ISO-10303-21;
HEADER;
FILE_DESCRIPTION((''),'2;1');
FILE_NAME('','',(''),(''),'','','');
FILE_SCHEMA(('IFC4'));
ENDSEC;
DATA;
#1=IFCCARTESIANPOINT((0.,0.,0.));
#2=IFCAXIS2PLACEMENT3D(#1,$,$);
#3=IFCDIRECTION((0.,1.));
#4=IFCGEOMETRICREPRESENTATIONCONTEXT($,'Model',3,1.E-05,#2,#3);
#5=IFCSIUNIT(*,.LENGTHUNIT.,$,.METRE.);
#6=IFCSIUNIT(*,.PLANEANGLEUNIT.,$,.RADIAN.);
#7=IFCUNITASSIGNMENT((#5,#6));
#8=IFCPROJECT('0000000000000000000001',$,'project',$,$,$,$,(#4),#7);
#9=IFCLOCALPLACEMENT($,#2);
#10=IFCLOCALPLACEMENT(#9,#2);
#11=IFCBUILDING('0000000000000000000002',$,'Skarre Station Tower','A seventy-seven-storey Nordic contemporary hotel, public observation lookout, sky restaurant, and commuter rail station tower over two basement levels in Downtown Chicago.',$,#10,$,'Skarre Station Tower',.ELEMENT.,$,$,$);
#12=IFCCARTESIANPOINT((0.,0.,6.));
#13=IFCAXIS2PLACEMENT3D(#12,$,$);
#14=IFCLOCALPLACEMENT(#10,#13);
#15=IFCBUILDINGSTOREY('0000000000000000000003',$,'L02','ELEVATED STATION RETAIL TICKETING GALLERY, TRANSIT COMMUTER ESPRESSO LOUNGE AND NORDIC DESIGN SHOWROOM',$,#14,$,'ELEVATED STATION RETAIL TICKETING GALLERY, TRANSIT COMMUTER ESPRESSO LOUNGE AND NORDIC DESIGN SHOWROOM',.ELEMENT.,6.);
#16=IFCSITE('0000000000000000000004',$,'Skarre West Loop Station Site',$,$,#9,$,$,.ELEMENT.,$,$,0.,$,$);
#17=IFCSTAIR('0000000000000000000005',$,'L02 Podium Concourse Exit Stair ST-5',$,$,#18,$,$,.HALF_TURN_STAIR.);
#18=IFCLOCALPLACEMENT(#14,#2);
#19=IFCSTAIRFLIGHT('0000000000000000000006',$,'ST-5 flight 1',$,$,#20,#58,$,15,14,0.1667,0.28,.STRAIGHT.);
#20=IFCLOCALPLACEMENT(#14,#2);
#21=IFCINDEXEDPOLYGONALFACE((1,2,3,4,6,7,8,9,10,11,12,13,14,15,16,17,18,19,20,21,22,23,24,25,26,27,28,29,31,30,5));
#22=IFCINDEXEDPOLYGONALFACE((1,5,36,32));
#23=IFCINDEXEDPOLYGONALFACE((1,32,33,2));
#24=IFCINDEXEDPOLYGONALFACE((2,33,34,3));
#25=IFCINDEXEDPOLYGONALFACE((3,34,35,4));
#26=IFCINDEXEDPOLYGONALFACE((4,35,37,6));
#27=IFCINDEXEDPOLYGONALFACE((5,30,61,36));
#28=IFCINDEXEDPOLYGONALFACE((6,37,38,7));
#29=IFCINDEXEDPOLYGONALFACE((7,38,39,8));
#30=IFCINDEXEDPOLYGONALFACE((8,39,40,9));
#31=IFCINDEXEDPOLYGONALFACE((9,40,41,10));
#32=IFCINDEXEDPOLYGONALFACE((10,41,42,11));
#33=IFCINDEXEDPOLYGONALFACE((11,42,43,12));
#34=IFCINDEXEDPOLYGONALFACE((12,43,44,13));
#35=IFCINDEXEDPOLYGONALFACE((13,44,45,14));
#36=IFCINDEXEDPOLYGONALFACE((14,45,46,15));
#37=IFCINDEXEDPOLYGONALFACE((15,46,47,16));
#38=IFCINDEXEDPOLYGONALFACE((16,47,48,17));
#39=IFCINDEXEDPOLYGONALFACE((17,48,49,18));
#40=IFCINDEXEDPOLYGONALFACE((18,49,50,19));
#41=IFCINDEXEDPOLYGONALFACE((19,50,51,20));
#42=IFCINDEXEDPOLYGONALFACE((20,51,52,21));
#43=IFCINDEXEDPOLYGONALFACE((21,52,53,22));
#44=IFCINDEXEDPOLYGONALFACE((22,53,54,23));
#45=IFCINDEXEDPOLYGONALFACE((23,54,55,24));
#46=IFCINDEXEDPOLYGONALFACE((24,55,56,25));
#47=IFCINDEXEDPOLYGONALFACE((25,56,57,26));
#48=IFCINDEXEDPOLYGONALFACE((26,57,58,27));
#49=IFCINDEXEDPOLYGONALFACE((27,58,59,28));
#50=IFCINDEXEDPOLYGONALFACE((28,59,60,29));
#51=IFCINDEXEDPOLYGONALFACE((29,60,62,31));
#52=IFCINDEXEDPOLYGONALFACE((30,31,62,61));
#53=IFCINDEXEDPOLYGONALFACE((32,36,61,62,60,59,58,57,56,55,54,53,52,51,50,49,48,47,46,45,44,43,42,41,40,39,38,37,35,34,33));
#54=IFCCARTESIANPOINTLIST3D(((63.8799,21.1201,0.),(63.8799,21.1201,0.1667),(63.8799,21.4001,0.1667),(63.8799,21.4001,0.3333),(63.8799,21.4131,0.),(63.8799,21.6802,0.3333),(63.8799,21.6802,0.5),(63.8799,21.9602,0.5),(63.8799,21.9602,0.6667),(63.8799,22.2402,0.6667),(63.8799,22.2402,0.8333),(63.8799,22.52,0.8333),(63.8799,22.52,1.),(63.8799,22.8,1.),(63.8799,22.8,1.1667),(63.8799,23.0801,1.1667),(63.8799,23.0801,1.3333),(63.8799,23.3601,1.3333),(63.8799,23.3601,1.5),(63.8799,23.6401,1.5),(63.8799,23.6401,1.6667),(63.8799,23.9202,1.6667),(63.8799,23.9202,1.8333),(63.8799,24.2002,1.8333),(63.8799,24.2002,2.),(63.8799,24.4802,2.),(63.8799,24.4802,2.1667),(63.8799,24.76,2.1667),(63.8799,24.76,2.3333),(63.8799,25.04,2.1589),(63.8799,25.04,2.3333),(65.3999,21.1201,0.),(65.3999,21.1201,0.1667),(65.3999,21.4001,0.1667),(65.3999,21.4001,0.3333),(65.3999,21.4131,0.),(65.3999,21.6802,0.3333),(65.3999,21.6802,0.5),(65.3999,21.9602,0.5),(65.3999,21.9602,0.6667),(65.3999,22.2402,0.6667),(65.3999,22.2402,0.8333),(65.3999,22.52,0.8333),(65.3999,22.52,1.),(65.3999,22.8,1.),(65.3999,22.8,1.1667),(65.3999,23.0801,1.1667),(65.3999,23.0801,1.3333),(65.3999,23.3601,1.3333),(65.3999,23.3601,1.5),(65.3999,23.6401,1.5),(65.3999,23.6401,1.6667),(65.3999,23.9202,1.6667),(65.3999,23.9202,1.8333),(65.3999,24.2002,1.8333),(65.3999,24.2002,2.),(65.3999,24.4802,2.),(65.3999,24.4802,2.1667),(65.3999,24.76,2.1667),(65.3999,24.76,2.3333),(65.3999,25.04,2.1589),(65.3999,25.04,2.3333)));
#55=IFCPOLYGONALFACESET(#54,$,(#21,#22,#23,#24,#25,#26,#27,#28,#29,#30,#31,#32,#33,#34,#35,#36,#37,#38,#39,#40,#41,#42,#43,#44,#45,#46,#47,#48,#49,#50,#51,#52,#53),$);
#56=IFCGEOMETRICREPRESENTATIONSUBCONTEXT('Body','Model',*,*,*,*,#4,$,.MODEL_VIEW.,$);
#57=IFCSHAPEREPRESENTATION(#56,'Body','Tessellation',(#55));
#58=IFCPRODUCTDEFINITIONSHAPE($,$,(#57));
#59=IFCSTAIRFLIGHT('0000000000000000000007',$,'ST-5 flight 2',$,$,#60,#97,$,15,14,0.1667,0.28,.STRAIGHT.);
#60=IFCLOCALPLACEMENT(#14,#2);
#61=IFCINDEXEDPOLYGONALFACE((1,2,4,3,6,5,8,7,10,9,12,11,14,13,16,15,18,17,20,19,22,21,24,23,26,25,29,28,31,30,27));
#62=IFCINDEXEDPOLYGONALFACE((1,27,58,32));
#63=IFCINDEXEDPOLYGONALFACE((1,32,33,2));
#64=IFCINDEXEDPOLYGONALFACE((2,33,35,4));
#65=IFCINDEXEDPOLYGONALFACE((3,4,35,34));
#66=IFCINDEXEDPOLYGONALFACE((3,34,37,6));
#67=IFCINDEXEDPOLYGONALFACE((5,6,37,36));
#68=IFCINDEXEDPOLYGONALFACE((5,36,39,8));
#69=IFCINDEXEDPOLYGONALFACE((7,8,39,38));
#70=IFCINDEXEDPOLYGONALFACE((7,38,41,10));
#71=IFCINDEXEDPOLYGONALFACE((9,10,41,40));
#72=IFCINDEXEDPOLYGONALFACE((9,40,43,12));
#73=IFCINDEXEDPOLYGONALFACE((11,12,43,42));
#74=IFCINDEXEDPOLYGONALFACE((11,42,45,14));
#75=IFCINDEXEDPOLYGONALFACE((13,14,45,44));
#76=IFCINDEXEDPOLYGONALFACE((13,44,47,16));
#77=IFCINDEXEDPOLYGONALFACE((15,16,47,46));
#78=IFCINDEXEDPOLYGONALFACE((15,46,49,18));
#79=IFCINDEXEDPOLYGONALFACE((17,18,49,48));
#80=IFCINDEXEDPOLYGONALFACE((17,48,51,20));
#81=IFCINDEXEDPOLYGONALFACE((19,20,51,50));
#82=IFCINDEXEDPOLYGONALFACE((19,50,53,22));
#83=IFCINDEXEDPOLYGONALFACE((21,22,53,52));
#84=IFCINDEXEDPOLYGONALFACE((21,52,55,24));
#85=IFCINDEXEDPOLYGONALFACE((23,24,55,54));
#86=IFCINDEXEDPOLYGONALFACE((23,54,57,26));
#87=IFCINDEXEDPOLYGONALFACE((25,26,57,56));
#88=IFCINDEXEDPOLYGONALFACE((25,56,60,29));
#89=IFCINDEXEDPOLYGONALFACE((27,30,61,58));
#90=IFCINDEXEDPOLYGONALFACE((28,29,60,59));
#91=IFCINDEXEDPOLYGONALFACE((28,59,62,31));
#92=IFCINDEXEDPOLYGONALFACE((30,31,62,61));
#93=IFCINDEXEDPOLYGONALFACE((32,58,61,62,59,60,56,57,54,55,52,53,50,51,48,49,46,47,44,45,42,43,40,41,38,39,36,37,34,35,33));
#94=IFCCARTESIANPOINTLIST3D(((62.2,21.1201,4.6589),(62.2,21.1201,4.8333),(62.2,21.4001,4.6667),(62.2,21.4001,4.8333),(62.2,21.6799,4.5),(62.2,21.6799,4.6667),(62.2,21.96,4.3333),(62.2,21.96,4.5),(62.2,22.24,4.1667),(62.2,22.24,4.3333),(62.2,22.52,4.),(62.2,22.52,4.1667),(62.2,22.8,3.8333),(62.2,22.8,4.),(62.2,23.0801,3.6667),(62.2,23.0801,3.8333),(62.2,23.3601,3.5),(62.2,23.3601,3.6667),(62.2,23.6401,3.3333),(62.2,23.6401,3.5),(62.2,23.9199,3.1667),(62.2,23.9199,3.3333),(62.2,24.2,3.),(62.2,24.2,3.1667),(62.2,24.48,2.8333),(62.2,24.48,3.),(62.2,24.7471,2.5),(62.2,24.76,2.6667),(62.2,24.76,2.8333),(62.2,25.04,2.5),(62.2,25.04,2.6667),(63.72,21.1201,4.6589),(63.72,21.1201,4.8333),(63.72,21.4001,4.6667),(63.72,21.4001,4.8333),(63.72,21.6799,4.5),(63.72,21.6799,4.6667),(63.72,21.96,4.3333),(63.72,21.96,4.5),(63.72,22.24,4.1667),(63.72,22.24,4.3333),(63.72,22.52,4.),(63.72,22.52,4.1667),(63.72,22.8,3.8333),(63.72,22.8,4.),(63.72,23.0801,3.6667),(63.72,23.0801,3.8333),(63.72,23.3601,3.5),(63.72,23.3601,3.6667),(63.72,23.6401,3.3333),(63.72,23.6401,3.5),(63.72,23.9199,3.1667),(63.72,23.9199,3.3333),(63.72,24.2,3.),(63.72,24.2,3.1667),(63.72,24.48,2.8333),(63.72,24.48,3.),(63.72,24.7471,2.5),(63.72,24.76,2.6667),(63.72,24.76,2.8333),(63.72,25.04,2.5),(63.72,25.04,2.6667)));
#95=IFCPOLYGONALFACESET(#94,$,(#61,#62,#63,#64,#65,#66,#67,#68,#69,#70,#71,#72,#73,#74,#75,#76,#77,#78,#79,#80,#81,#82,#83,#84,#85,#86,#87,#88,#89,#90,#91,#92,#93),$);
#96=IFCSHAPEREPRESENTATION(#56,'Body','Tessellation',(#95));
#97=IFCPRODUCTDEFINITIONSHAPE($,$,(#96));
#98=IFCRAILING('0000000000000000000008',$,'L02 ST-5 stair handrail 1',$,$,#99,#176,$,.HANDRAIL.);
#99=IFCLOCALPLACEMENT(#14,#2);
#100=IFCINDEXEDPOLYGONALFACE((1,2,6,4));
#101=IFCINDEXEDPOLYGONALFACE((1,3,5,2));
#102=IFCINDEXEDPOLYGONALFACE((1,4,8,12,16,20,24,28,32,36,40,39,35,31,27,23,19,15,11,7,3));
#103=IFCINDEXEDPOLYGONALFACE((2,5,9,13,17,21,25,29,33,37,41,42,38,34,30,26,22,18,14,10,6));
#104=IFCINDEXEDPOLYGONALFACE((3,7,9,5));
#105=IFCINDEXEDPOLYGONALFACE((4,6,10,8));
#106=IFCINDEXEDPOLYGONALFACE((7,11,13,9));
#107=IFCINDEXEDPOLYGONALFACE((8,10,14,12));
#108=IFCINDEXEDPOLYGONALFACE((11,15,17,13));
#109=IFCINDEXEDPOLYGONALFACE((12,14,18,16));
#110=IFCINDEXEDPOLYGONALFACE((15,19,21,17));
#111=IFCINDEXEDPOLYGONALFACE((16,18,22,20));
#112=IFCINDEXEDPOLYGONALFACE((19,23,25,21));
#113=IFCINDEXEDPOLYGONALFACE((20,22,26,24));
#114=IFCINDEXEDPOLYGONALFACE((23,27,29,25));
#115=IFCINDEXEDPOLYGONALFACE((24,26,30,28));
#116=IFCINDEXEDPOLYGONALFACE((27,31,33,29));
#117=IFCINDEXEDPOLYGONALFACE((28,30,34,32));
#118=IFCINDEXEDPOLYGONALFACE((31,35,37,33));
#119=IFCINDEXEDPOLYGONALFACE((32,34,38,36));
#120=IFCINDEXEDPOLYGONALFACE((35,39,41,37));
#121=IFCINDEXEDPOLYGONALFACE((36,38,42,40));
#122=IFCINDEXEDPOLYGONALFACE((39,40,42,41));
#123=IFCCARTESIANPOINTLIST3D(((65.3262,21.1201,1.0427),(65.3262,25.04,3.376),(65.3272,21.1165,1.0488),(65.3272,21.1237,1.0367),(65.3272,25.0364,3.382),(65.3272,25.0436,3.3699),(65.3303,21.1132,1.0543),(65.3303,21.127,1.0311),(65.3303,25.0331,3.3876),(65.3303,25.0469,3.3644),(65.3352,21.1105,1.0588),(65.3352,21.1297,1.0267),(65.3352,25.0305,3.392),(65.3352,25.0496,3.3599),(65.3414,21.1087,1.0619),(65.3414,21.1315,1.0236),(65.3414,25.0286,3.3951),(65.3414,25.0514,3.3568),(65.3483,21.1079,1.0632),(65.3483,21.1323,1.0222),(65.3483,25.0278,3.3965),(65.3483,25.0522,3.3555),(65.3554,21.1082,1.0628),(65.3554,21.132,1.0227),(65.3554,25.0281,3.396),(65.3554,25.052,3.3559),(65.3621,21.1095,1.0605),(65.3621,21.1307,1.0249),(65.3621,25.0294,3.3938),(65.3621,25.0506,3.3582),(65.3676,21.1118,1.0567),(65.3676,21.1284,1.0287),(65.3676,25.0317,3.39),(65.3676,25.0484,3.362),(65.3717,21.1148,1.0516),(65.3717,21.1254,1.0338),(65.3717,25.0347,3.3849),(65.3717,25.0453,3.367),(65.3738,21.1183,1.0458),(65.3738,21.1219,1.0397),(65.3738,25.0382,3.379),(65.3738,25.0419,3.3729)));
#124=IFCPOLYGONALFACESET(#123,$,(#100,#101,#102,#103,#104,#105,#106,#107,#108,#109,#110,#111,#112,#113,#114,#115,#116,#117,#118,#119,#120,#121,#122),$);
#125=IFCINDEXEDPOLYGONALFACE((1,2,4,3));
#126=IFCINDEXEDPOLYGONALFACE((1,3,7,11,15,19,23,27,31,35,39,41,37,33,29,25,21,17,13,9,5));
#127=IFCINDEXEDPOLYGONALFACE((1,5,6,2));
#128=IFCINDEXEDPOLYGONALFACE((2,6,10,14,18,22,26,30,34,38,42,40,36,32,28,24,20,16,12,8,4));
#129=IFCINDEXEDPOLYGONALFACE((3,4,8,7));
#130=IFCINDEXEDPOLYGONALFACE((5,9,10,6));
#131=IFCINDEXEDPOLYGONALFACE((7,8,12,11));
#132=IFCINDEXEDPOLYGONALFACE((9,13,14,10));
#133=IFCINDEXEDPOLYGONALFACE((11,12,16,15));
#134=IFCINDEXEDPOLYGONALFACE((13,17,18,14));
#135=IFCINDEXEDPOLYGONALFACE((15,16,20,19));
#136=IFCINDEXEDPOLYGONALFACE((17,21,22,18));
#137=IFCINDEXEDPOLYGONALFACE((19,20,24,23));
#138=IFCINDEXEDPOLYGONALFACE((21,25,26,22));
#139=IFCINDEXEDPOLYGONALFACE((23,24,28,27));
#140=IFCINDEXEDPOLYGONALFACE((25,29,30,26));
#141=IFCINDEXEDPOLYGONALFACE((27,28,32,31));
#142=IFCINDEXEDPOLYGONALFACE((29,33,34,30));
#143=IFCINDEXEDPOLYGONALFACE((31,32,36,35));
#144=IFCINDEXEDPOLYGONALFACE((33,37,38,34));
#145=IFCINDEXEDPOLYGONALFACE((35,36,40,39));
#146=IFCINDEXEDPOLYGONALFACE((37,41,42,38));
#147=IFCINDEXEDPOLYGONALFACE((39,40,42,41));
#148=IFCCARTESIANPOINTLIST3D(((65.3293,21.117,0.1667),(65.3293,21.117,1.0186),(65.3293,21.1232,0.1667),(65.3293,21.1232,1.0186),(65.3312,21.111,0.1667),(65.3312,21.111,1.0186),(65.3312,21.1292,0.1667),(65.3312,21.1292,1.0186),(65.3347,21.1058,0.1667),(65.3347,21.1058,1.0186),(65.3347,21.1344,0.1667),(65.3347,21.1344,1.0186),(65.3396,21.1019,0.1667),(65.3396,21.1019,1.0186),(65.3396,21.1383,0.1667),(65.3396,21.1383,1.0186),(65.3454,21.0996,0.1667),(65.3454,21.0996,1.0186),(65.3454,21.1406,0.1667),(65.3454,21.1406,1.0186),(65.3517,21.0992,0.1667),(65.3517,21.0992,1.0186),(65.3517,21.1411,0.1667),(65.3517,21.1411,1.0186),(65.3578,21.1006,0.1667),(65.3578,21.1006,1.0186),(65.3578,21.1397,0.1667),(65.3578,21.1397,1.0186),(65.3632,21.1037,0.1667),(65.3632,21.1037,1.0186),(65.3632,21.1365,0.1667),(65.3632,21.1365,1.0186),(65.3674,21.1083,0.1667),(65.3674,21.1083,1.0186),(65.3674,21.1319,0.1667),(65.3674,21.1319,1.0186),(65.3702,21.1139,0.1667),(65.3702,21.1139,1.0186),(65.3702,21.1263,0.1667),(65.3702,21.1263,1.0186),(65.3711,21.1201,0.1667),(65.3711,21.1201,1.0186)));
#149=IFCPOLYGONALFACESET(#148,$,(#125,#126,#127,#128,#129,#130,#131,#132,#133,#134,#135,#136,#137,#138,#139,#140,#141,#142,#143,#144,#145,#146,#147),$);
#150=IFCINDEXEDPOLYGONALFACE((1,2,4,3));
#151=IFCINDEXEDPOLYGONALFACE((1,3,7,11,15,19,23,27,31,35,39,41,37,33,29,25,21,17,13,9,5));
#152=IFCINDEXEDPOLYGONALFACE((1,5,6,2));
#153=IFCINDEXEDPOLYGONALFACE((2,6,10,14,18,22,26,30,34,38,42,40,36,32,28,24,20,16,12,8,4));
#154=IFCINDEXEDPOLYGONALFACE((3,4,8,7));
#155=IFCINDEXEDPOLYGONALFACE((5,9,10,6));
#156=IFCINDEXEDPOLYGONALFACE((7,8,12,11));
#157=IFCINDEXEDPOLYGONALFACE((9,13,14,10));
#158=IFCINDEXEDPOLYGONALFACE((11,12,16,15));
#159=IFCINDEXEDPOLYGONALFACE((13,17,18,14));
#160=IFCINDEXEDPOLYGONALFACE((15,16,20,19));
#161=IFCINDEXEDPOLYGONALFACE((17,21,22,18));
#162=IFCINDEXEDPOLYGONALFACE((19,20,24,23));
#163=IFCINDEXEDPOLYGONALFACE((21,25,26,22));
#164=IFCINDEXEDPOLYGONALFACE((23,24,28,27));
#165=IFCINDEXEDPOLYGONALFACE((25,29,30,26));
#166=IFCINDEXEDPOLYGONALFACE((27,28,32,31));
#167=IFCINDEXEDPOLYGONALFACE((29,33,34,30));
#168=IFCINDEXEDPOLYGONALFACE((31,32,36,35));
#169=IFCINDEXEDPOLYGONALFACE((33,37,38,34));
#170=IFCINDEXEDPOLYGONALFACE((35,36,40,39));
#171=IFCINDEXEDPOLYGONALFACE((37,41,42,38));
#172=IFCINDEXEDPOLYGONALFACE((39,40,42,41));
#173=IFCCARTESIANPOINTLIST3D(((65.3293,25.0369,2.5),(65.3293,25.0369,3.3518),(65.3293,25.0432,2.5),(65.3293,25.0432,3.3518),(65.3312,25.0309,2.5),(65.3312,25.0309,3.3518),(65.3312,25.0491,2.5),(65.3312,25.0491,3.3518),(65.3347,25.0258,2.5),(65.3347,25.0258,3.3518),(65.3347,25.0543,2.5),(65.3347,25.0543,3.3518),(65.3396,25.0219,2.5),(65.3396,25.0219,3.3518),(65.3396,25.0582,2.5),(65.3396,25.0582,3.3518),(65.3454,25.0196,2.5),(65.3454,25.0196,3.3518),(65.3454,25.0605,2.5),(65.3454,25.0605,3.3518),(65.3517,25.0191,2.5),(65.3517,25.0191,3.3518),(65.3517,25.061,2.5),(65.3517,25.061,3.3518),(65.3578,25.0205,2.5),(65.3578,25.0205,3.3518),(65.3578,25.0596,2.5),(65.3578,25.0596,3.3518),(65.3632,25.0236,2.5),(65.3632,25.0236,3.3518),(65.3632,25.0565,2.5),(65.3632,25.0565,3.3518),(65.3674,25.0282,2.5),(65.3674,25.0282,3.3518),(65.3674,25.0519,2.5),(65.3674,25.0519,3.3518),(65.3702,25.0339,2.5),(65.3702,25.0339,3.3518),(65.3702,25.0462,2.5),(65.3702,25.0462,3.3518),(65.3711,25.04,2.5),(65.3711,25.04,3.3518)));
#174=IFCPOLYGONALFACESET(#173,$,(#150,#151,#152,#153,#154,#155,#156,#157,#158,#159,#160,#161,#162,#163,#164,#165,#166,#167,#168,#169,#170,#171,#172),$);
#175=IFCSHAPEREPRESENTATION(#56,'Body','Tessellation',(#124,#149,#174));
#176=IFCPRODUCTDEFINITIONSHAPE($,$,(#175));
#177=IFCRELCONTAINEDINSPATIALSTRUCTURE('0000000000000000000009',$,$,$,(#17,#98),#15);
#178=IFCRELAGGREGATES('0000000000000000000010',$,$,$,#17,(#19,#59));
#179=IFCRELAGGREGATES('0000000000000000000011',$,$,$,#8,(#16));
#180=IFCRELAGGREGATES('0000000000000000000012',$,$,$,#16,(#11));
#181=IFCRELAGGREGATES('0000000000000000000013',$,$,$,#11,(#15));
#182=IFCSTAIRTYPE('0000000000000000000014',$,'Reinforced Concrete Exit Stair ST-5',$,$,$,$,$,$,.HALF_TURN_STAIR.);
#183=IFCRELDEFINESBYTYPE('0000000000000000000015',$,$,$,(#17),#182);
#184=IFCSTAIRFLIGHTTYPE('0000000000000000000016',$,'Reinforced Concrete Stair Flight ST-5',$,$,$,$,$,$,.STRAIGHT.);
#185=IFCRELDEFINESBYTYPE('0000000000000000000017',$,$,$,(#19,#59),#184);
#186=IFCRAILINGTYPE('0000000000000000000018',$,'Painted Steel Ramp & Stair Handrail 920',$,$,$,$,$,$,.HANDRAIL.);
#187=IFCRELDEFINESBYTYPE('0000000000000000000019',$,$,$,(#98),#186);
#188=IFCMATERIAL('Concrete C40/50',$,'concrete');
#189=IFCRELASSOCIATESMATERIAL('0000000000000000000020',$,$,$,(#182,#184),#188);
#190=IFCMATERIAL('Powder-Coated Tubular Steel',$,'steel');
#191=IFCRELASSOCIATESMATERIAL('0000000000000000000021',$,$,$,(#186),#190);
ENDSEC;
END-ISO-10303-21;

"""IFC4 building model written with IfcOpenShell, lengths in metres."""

from ifc_helpers import new_model, si_unit, direction, frame, origin, origin_2d, place, context, subcontext, project, spatial, polyline, circle, outline, extrude, material, type_object, element, aggregate, save


model = new_model("IFC4")

# Units and contexts
model_context = context("Model", 3, precision=1e-05, world=origin(), true_north=direction((0.0, 1.0)))
body_context = subcontext(model_context, "Body", "Model", "MODEL_VIEW")
ifc_project = project(units=[si_unit("LENGTHUNIT", "METRE"), si_unit("PLANEANGLEUNIT", "RADIAN")], contexts=[model_context])

# Site, building, storey
site_placement = place(None, origin())
site = spatial("IfcSite", under=ifc_project, at=site_placement, Name="Skarre West Loop Station Site", CompositionType="ELEMENT", RefElevation=0.0)
building_placement = place(site_placement, origin())
building = spatial("IfcBuilding", under=site, at=building_placement, Name="Skarre Station Tower", Description="A seventy-seven-storey Nordic contemporary hotel, public observation lookout, sky restaurant, and commuter rail station tower over two basement levels in Downtown Chicago.", LongName="Skarre Station Tower", CompositionType="ELEMENT")
storey_placement = place(building_placement, frame((0.0, 0.0, 6.0)))
storey = spatial("IfcBuildingStorey", under=building, at=storey_placement, Name="L02", Description="ELEVATED STATION RETAIL TICKETING GALLERY, TRANSIT COMMUTER ESPRESSO LOUNGE AND NORDIC DESIGN SHOWROOM", LongName="ELEVATED STATION RETAIL TICKETING GALLERY, TRANSIT COMMUTER ESPRESSO LOUNGE AND NORDIC DESIGN SHOWROOM", CompositionType="ELEMENT", Elevation=6.0)

# Stair, stair flights
ifc_material_1 = material(Name="Concrete C40/50", Category="concrete")
stair_type = type_object("IfcStairType", Name="Reinforced Concrete Exit Stair ST-5", PredefinedType="HALF_TURN_STAIR", material=ifc_material_1)
stair_placement = place(storey_placement, origin())
stair = element("IfcStair", 1, at=stair_placement, inside=storey, type_object=stair_type, Name="L02 Podium Concourse Exit Stair ST-5", PredefinedType="HALF_TURN_STAIR")
stair_flight_type = type_object("IfcStairFlightType", Name="Reinforced Concrete Stair Flight ST-5", PredefinedType="STRAIGHT", material=ifc_material_1)
stair_flight_1_placement = place(storey_placement, frame((64.6399, 21.1201, 0.0), z_axis=(0.0, 0.0, 1.0), x_axis=(0.0, 1.0, 0.0)))
stair_flight_1 = element("IfcStairFlight", 2, at=stair_flight_1_placement, type_object=stair_flight_type, Name="ST-5 flight 1", NumberOfRisers=15, NumberOfTreads=14, PredefinedType="STRAIGHT", RiserHeight=0.1667, TreadLength=0.28, context=body_context, shape_type="SweptSolid", body=[
    extrude(outline(polyline([(0.0, 0.0), (0.0, 0.1667), (0.28, 0.1667), (0.28, 0.3333), (0.5601, 0.3333), (0.5601, 0.5), (0.8401, 0.5), (0.8401, 0.6667), (1.1201, 0.6667), (1.1201, 0.8333), (1.3999, 0.8333), (1.3999, 1.0), (1.6799, 1.0), (1.6799, 1.1667), (1.96, 1.1667), (1.96, 1.3333), (2.24, 1.3333), (2.24, 1.5), (2.52, 1.5), (2.52, 1.6667), (2.8, 1.6667), (2.8, 1.8333), (3.0801, 1.8333), (3.0801, 2.0), (3.3601, 2.0), (3.3601, 2.1667), (3.6399, 2.1667), (3.6399, 2.3333), (3.9199, 2.3333), (3.9199, 2.5), (3.9199, 2.1589), (0.293, 0.0), (0.0, 0.0)])), frame((0.0, 0.76, 0.0), z_axis=(0.0, -1.0, 0.0), x_axis=(1.0, 0.0, 0.0)), (0.0, 0.0, 1.0), 1.52),
])
stair_flight_2_placement = place(storey_placement, frame((62.96, 25.04, 2.5), z_axis=(0.0, 0.0, 1.0), x_axis=(0.0, -1.0, 0.0)))
stair_flight_2 = element("IfcStairFlight", 3, at=stair_flight_2_placement, type_object=stair_flight_type, Name="ST-5 flight 2", NumberOfRisers=15, NumberOfTreads=14, PredefinedType="STRAIGHT", RiserHeight=0.1667, TreadLength=0.28, context=body_context, shape_type="SweptSolid", body=[
    extrude(outline(polyline([(0.0, 0.0), (0.0, 0.1667), (0.28, 0.1667), (0.28, 0.3333), (0.5601, 0.3333), (0.5601, 0.5), (0.8401, 0.5), (0.8401, 0.6667), (1.1201, 0.6667), (1.1201, 0.8333), (1.3999, 0.8333), (1.3999, 1.0), (1.6799, 1.0), (1.6799, 1.1667), (1.96, 1.1667), (1.96, 1.3333), (2.24, 1.3333), (2.24, 1.5), (2.52, 1.5), (2.52, 1.6667), (2.8, 1.6667), (2.8, 1.8333), (3.0801, 1.8333), (3.0801, 2.0), (3.3601, 2.0), (3.3601, 2.1667), (3.6399, 2.1667), (3.6399, 2.3333), (3.9199, 2.3333), (3.9199, 2.5), (3.9199, 2.1589), (0.293, 0.0), (0.0, 0.0)])), frame((0.0, 0.76, 0.0), z_axis=(0.0, -1.0, 0.0), x_axis=(1.0, 0.0, 0.0)), (0.0, 0.0, 1.0), 1.52),
])
aggregate(stair, [stair_flight_1, stair_flight_2])

# Railing
ifc_material_2 = material(Name="Powder-Coated Tubular Steel", Category="steel")
railing_type_1 = type_object("IfcRailingType", Name="Painted Steel Ramp & Stair Handrail 920", PredefinedType="HANDRAIL", material=ifc_material_2)
railing_1_placement = place(storey_placement, frame((65.3501, 21.1201, 0.1667)))
element("IfcRailing", 4, at=railing_1_placement, inside=storey, type_object=railing_type_1, Name="L02 ST-5 stair handrail 1", PredefinedType="HANDRAIL", context=body_context, shape_type="SweptSolid", body=[
    extrude(circle(Radius=0.0239, at=origin_2d()), frame((0.0, 0.0, 0.876), z_axis=(0.0, 0.859296, 0.511478), x_axis=(-1.0, 0.0, 0.0)), (0.0, 0.0, 1.0), 4.5618),
    extrude(circle(Radius=0.021, at=origin_2d()), origin(), (0.0, 0.0, 1.0), 0.8518),
    extrude(circle(Radius=0.021, at=origin_2d()), frame((0.0, 3.9199, 2.3333)), (0.0, 0.0, 1.0), 0.8518),
])

save(model, "model.ifc")
